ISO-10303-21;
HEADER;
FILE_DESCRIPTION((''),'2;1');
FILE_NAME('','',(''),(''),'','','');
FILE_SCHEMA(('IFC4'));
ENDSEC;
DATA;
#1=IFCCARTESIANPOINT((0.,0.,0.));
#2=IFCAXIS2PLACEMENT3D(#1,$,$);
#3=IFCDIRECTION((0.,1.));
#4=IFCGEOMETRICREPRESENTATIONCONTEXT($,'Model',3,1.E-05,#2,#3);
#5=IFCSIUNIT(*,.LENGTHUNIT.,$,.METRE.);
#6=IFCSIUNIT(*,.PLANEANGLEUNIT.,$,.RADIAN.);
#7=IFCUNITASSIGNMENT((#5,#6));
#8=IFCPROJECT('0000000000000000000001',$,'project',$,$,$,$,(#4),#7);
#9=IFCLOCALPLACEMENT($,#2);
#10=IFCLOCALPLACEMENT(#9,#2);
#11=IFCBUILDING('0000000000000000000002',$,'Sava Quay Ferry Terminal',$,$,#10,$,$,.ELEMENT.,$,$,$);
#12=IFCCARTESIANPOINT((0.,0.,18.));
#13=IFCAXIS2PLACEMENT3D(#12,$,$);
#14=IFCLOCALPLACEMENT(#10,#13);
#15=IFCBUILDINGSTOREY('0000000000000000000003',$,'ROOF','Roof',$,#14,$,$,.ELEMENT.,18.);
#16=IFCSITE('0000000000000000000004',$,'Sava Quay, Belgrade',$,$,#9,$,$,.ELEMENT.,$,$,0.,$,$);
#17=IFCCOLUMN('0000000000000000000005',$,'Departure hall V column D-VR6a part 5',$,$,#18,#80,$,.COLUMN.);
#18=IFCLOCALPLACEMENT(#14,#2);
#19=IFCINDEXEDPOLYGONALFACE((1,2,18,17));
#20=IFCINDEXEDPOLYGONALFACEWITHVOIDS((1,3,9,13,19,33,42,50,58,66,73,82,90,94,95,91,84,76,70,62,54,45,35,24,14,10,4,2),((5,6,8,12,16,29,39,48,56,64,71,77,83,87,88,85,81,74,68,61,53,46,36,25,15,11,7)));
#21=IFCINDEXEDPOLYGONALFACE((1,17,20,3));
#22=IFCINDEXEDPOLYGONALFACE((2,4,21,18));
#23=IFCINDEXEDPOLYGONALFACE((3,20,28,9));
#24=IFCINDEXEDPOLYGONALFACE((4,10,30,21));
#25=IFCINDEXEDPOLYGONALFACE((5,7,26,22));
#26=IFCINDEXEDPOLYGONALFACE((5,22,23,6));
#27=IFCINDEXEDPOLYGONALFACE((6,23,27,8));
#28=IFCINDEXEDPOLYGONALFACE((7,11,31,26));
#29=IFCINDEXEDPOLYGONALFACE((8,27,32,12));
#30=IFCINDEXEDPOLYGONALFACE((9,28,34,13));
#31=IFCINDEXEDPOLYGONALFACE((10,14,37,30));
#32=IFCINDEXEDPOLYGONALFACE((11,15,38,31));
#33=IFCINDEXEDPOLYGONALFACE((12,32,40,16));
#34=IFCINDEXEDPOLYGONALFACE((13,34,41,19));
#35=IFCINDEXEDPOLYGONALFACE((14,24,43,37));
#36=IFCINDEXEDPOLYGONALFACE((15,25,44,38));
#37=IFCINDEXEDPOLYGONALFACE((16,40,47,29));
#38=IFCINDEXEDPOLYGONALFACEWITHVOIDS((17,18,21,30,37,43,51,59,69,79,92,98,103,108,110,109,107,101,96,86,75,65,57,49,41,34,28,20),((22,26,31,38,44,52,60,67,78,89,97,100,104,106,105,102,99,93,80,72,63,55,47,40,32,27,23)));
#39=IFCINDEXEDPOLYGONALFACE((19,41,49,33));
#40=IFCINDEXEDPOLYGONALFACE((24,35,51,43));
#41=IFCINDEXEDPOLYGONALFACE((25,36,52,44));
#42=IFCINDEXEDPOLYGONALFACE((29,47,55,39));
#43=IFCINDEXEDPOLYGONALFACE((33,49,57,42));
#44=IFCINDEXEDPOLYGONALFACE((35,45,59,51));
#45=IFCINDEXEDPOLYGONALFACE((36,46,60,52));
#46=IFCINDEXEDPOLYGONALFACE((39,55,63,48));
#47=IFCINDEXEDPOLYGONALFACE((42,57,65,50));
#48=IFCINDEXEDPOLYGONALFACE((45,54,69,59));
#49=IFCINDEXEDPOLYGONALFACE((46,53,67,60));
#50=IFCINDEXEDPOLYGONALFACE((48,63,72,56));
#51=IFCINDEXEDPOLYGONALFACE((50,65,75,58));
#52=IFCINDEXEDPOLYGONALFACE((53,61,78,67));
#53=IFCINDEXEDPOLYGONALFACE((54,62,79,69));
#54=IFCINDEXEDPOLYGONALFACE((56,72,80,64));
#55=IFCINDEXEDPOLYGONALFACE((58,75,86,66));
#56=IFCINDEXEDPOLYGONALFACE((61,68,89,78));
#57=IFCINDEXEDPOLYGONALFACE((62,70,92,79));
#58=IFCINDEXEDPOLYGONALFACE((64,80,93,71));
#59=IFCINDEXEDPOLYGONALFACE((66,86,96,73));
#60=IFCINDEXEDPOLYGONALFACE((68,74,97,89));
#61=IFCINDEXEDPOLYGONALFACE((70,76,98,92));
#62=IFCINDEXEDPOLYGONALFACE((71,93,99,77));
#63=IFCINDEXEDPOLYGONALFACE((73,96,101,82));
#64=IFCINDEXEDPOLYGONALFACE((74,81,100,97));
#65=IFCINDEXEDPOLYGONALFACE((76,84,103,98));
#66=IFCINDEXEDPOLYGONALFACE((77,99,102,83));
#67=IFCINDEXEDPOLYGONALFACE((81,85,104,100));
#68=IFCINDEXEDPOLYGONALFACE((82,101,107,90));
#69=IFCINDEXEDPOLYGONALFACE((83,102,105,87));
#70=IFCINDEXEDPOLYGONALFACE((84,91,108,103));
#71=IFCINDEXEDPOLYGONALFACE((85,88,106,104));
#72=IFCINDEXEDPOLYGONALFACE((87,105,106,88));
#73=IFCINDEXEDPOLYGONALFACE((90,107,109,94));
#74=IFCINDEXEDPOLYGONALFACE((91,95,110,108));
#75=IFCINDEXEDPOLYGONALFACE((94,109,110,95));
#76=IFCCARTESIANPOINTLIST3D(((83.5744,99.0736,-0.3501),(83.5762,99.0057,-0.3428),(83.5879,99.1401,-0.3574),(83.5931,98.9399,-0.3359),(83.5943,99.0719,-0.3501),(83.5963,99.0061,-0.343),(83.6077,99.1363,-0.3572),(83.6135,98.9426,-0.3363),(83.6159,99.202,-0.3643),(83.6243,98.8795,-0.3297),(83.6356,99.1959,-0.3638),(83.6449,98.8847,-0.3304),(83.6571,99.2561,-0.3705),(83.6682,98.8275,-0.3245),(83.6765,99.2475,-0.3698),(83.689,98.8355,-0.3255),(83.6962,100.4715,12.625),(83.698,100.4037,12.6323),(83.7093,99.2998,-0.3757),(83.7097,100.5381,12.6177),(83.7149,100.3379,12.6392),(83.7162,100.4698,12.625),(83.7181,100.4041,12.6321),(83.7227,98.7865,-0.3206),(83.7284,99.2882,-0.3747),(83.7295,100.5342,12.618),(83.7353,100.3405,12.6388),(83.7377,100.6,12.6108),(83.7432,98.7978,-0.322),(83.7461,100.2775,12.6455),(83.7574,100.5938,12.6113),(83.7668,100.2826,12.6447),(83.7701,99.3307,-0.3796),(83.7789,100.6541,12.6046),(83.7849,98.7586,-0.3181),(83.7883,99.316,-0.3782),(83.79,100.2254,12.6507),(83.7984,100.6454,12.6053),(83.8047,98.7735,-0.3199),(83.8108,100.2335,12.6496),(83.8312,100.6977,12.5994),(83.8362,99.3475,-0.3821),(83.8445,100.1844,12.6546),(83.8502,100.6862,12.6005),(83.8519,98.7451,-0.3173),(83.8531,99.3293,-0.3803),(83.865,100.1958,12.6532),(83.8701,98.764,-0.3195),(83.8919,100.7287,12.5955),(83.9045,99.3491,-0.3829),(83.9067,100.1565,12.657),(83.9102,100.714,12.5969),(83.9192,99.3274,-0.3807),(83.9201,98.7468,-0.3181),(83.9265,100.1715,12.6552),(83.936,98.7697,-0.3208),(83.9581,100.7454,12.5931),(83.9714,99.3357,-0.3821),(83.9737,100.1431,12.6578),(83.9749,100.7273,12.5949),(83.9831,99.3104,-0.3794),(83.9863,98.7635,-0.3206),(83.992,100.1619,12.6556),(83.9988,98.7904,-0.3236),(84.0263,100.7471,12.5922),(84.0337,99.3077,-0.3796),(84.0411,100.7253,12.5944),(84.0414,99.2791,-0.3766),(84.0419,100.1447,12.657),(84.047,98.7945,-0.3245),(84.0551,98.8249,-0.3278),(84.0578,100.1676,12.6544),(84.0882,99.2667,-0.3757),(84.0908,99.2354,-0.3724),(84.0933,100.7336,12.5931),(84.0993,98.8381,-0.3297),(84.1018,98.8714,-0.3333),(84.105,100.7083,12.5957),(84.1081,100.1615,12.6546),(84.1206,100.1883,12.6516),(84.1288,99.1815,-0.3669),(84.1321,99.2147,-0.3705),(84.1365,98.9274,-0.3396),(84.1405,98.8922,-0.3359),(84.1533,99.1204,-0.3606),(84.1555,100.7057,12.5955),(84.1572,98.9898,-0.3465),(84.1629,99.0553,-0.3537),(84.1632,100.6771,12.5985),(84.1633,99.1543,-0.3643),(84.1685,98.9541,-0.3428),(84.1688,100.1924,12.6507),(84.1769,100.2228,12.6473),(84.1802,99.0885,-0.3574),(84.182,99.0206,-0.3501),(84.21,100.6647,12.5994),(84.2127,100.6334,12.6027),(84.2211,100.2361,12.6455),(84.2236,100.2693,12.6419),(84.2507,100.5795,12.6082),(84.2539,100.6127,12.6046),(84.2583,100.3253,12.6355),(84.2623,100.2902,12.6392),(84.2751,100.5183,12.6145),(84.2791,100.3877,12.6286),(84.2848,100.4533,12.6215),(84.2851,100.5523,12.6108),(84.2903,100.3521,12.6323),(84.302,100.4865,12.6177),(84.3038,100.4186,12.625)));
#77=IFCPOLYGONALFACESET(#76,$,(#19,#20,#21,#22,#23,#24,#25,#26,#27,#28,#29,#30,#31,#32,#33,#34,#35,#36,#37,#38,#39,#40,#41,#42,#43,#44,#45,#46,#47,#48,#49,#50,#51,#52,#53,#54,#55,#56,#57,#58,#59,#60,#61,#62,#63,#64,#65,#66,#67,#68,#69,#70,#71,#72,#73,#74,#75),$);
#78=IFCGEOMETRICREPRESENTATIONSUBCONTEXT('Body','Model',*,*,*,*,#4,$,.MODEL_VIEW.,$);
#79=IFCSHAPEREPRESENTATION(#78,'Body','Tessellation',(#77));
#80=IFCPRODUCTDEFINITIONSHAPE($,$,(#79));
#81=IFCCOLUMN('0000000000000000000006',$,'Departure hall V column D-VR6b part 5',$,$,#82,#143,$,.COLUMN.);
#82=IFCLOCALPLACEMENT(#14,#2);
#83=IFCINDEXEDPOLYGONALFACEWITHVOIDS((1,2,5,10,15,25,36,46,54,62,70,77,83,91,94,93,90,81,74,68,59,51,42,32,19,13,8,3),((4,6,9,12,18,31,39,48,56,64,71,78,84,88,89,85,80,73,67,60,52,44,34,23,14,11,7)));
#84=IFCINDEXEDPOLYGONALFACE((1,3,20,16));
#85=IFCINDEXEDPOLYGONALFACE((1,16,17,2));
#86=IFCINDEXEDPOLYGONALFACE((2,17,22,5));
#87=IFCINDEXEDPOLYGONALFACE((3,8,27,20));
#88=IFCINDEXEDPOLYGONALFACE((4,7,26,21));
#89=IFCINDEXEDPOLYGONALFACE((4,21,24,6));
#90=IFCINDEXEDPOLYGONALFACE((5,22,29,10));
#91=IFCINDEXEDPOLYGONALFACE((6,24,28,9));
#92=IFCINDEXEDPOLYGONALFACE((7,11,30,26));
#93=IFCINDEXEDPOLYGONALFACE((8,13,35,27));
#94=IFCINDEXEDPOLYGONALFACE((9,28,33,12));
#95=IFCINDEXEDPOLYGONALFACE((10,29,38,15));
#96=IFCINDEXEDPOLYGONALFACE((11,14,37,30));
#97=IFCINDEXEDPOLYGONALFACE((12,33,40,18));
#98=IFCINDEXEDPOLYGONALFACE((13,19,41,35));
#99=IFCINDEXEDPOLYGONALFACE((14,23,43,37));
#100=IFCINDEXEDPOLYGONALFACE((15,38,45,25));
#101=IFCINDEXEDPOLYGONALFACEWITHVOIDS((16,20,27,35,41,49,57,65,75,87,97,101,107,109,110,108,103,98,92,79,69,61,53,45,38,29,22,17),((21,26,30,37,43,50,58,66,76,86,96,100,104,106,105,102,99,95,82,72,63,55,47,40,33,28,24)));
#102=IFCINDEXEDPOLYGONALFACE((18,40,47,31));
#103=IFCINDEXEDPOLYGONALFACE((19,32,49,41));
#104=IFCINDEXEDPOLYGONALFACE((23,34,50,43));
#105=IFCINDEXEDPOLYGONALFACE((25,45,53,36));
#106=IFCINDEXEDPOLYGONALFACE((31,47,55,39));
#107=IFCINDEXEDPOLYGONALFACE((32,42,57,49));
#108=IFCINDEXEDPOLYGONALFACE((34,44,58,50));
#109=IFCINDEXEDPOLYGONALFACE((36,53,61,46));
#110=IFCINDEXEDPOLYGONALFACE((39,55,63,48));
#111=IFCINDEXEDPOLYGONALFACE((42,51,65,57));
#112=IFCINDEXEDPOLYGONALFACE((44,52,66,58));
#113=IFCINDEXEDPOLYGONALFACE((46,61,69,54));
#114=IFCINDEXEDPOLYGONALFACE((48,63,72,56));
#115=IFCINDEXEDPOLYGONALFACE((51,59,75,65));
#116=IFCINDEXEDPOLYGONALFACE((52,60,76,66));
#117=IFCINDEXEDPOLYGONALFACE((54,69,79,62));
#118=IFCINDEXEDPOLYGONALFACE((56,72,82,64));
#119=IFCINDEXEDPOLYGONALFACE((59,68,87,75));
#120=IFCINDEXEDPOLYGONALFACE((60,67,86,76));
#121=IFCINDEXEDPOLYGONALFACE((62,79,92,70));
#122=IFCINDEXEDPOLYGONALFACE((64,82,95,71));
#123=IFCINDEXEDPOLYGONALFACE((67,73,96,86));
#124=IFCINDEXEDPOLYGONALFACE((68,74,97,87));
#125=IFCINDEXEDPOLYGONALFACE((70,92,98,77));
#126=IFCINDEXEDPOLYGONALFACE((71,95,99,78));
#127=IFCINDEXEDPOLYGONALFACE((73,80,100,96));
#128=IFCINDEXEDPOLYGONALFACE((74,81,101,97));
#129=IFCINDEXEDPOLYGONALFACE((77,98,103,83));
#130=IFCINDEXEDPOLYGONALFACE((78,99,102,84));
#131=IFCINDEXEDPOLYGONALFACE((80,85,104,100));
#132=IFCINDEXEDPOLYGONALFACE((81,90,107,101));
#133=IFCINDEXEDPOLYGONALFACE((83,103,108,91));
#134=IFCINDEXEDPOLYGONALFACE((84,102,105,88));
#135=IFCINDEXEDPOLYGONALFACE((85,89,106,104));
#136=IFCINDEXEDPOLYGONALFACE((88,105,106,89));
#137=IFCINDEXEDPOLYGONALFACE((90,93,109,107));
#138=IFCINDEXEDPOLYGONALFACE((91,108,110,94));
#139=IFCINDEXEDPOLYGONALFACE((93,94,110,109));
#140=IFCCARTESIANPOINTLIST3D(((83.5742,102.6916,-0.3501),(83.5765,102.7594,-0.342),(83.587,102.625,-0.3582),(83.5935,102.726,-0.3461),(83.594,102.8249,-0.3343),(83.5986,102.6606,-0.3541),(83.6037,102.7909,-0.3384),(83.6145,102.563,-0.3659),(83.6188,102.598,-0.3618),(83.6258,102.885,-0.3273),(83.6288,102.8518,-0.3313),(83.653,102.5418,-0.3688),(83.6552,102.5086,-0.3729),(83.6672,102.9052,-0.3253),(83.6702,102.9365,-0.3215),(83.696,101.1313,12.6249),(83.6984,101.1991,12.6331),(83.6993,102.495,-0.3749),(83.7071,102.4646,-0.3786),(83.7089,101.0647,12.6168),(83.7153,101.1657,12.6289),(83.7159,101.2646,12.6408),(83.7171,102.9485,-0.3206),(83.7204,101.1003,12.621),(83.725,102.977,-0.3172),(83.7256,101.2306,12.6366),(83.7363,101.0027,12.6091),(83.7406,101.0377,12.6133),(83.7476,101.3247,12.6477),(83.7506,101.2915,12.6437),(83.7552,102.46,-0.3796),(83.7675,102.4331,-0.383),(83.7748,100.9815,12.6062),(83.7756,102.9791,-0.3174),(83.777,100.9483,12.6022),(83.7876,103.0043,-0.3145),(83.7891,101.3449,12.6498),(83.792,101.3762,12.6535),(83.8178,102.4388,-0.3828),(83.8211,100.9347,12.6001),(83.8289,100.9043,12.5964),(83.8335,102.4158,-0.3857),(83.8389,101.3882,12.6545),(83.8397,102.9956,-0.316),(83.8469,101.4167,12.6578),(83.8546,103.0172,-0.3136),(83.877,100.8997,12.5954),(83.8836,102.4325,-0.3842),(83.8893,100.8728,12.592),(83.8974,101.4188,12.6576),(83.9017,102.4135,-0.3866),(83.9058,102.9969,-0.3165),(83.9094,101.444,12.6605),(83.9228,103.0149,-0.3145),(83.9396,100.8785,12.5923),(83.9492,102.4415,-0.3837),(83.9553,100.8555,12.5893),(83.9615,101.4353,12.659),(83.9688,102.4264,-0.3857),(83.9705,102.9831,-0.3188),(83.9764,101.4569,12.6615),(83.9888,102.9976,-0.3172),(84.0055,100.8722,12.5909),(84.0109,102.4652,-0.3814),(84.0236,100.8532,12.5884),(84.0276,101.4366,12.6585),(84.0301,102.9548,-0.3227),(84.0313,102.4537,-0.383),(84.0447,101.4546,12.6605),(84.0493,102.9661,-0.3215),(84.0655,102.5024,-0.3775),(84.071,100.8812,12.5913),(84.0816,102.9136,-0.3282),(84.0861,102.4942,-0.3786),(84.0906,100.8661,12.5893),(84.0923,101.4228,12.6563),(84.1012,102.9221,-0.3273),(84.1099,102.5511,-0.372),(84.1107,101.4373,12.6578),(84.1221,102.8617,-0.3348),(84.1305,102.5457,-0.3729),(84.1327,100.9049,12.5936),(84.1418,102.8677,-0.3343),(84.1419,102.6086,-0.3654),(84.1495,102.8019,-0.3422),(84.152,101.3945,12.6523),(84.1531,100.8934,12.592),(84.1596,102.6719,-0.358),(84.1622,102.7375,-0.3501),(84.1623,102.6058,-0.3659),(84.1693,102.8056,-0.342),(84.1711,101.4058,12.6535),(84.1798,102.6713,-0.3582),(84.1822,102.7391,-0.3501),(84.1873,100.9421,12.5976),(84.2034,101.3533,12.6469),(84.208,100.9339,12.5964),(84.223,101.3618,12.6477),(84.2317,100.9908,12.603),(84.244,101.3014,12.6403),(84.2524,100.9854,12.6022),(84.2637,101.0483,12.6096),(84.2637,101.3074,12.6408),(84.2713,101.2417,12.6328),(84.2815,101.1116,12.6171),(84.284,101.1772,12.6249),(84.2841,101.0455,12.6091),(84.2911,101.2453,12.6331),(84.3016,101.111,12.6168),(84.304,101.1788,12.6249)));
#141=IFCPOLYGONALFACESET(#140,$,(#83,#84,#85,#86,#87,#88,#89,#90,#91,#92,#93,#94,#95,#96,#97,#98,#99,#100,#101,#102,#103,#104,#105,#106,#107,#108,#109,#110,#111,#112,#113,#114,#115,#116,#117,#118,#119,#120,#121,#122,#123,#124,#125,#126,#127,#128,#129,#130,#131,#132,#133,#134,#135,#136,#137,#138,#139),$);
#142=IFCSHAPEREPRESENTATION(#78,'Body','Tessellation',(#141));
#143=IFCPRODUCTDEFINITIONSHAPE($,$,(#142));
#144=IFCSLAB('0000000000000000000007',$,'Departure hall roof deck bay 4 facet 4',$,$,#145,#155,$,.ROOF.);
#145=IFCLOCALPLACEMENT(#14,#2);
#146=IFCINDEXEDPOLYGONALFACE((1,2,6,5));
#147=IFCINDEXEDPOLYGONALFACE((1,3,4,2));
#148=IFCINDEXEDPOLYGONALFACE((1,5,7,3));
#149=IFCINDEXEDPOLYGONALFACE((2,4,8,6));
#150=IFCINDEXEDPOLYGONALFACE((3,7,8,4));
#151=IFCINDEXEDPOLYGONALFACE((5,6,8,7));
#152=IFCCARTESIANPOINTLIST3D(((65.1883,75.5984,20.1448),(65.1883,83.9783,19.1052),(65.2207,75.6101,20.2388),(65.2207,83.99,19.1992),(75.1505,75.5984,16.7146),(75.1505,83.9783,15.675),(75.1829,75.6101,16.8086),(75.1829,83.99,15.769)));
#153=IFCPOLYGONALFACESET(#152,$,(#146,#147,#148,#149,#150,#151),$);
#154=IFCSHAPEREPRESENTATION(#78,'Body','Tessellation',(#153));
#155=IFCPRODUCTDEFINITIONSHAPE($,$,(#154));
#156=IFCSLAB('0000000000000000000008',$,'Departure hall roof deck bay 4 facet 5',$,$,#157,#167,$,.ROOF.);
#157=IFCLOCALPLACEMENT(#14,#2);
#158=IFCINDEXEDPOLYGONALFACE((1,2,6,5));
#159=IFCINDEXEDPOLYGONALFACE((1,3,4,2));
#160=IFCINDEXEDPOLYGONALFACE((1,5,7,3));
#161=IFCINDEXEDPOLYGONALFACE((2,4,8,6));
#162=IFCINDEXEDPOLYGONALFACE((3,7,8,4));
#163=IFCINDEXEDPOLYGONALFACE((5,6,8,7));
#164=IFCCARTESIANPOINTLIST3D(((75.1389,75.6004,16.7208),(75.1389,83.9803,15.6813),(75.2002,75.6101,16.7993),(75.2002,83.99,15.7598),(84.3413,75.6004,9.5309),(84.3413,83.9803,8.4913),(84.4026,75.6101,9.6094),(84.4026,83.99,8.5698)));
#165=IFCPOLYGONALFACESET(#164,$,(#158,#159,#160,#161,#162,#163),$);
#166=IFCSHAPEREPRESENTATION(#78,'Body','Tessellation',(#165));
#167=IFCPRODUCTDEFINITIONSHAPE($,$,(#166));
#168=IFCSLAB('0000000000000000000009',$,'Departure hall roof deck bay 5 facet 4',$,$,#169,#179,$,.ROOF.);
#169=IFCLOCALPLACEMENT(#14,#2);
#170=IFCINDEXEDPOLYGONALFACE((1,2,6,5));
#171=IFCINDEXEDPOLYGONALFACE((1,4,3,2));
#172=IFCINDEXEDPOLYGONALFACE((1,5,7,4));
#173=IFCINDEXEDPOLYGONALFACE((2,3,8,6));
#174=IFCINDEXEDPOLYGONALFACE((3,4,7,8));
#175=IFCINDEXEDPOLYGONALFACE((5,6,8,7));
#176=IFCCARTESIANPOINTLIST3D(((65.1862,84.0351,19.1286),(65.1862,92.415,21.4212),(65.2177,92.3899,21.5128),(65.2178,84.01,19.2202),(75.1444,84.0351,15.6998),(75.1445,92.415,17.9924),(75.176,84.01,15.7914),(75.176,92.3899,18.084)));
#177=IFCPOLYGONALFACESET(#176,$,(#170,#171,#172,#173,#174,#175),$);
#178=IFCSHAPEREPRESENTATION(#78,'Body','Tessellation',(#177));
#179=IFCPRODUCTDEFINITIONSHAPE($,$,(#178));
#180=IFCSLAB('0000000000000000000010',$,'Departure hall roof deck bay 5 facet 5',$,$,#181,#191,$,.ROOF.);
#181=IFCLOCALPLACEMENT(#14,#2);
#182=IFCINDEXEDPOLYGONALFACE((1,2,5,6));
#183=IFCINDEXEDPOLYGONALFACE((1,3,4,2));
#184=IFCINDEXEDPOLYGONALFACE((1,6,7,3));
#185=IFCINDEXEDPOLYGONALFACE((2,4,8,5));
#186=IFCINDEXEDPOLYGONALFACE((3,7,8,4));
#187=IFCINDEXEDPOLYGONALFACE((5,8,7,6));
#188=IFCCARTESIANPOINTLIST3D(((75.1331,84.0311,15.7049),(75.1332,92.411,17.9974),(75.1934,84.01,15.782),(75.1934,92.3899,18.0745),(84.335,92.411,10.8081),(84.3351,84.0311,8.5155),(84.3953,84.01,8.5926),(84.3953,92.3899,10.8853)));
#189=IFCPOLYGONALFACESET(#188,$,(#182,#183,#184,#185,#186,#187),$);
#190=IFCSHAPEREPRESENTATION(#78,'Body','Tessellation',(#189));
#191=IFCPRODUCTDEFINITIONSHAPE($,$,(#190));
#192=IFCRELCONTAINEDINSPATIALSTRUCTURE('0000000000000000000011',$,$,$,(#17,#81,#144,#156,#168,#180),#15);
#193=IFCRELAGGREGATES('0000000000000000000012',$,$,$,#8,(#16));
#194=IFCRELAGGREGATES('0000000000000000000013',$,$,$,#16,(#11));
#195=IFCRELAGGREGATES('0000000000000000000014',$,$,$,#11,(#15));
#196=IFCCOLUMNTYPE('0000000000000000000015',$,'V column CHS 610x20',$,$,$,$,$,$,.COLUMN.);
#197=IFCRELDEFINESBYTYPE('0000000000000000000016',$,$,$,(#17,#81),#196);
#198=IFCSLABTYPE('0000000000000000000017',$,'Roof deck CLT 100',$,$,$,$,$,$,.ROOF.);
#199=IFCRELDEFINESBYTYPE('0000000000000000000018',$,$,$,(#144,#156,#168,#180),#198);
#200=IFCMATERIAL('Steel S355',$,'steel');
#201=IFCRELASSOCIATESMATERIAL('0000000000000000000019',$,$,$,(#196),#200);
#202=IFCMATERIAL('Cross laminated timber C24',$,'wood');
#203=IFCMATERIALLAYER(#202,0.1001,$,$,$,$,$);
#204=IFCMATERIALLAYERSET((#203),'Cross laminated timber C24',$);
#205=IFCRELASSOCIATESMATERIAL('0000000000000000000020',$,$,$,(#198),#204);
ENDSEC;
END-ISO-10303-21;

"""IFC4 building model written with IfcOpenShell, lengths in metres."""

from ifc_helpers import new_model, si_unit, direction, frame, origin, origin_2d, place, context, subcontext, project, spatial, polyline, hollow_circle, outline, extrude, material, layer, layer_set, material_profile, profile_set, type_object, element, save


model = new_model("IFC4")

# Units and contexts
model_context = context("Model", 3, precision=1e-05, world=origin(), true_north=direction((0.0, 1.0)))
body_context = subcontext(model_context, "Body", "Model", "MODEL_VIEW")
ifc_project = project(units=[si_unit("LENGTHUNIT", "METRE"), si_unit("PLANEANGLEUNIT", "RADIAN")], contexts=[model_context])

# Site, building, storey
site_placement = place(None, origin())
site = spatial("IfcSite", under=ifc_project, at=site_placement, Name="Sava Quay, Belgrade", CompositionType="ELEMENT", RefElevation=0.0)
building_placement = place(site_placement, origin())
building = spatial("IfcBuilding", under=site, at=building_placement, Name="Sava Quay Ferry Terminal", CompositionType="ELEMENT")
storey_placement = place(building_placement, frame((0.0, 0.0, 18.0)))
storey = spatial("IfcBuildingStorey", under=building, at=storey_placement, Name="ROOF", Description="Roof", CompositionType="ELEMENT", Elevation=18.0)

# Columns
ifc_material_1 = material(Name="Steel S355", Category="steel")
ifc_material_profile = material_profile(ifc_material_1, hollow_circle(Radius=0.3049, WallThickness=0.02, at=origin_2d()), Name="CHS 610 x 20.0")
ifc_profile_set = profile_set([ifc_material_profile], Name="Steel S355")
column_type = type_object("IfcColumnType", Name="V column CHS 610x20", PredefinedType="COLUMN", material=ifc_profile_set)
column_1_placement = place(storey_placement, frame((83.8782, 99.0471, -0.3501), z_axis=(0.009335, 0.107116, 0.994203), x_axis=(-0.996224, 0.086817, 0.0)))
element("IfcColumn", 1, at=column_1_placement, inside=storey, type_object=column_type, Name="Departure hall V column D-VR6a part 5", PredefinedType="COLUMN", context=body_context, shape_type="SweptSolid", body=[
    extrude(hollow_circle(Radius=0.3049, WallThickness=0.02, at=origin_2d()), origin(), (0.0, 0.0, 1.0), 13.0508),
])
column_2_placement = place(storey_placement, frame((83.8782, 102.7153, -0.3501), z_axis=(0.009322, -0.119388, 0.992804), x_axis=(0.996966, 0.077842, 0.0)))
element("IfcColumn", 2, at=column_2_placement, inside=storey, type_object=column_type, Name="Departure hall V column D-VR6b part 5", PredefinedType="COLUMN", context=body_context, shape_type="SweptSolid", body=[
    extrude(hollow_circle(Radius=0.3049, WallThickness=0.02, at=origin_2d()), origin(), (0.0, 0.0, 1.0), 13.0691),
])

# Slabs
ifc_material_2 = material(Name="Cross laminated timber C24", Category="wood")
ifc_layer_1 = layer(ifc_material_2, 0.1001)
ifc_layer_set_1 = layer_set([ifc_layer_1], Name="Cross laminated timber C24")
slab_type = type_object("IfcSlabType", Name="Roof deck CLT 100", PredefinedType="ROOF", material=ifc_layer_set_1)
slab_1_placement = place(storey_placement, frame((65.2207, 75.6101, 20.2388), z_axis=(0.323345, 0.116496, 0.939083), x_axis=(0.0, 0.992393, -0.123109)))
element("IfcSlab", 3, at=slab_1_placement, inside=storey, type_object=slab_type, Name="Departure hall roof deck bay 4 facet 4", PredefinedType="ROOF", context=body_context, shape_type="SweptSolid", body=[
    extrude(outline(polyline([(0.0, 0.0), (8.4441, 0.0), (8.8664, -10.5277), (0.4223, -10.5277), (0.0, 0.0)])), origin(), (0.0, 0.0, -1.0), 0.1001),
])
slab_2_placement = place(storey_placement, frame((75.2002, 75.6101, 16.7993), z_axis=(0.612754, 0.09729, 0.784262), x_axis=(0.0, 0.992393, -0.123109)))
element("IfcSlab", 4, at=slab_2_placement, inside=storey, type_object=slab_type, Name="Departure hall roof deck bay 4 facet 5", PredefinedType="ROOF", context=body_context, shape_type="SweptSolid", body=[
    extrude(outline(polyline([(0.0, 0.0), (8.4441, 0.0), (9.3293, -11.6446), (0.8851, -11.6446), (0.0, 0.0)])), origin(), (0.0, 0.0, -1.0), 0.1001),
])
slab_3_placement = place(storey_placement, frame((65.2178, 84.01, 19.2202), z_axis=(0.315188, -0.250436, 0.91539), x_axis=(-0.000004, 0.964553, 0.263888)))
element("IfcSlab", 5, at=slab_3_placement, inside=storey, type_object=slab_type, Name="Departure hall roof deck bay 5 facet 4", PredefinedType="ROOF", context=body_context, shape_type="SweptSolid", body=[
    extrude(outline(polyline([(0.0, 0.0), (8.6879, 0.0), (7.783, -10.4931), (-0.9048, -10.4931), (0.0, 0.0)])), origin(), (0.0, 0.0, -1.0), 0.1001),
])
slab_4_placement = place(storey_placement, frame((75.1934, 84.01, 15.782), z_axis=(0.601835, -0.210745, 0.770312), x_axis=(0.000007, 0.964555, 0.263882)))
element("IfcSlab", 6, at=slab_4_placement, inside=storey, type_object=slab_type, Name="Departure hall roof deck bay 5 facet 5", PredefinedType="ROOF", context=body_context, shape_type="SweptSolid", body=[
    extrude(outline(polyline([(0.0, 0.0), (8.6878, 0.0), (6.7908, -11.5222), (-1.8971, -11.5223), (0.0, 0.0)])), origin(), (0.0, 0.0, -1.0), 0.1001),
])

save(model, "model.ifc")
